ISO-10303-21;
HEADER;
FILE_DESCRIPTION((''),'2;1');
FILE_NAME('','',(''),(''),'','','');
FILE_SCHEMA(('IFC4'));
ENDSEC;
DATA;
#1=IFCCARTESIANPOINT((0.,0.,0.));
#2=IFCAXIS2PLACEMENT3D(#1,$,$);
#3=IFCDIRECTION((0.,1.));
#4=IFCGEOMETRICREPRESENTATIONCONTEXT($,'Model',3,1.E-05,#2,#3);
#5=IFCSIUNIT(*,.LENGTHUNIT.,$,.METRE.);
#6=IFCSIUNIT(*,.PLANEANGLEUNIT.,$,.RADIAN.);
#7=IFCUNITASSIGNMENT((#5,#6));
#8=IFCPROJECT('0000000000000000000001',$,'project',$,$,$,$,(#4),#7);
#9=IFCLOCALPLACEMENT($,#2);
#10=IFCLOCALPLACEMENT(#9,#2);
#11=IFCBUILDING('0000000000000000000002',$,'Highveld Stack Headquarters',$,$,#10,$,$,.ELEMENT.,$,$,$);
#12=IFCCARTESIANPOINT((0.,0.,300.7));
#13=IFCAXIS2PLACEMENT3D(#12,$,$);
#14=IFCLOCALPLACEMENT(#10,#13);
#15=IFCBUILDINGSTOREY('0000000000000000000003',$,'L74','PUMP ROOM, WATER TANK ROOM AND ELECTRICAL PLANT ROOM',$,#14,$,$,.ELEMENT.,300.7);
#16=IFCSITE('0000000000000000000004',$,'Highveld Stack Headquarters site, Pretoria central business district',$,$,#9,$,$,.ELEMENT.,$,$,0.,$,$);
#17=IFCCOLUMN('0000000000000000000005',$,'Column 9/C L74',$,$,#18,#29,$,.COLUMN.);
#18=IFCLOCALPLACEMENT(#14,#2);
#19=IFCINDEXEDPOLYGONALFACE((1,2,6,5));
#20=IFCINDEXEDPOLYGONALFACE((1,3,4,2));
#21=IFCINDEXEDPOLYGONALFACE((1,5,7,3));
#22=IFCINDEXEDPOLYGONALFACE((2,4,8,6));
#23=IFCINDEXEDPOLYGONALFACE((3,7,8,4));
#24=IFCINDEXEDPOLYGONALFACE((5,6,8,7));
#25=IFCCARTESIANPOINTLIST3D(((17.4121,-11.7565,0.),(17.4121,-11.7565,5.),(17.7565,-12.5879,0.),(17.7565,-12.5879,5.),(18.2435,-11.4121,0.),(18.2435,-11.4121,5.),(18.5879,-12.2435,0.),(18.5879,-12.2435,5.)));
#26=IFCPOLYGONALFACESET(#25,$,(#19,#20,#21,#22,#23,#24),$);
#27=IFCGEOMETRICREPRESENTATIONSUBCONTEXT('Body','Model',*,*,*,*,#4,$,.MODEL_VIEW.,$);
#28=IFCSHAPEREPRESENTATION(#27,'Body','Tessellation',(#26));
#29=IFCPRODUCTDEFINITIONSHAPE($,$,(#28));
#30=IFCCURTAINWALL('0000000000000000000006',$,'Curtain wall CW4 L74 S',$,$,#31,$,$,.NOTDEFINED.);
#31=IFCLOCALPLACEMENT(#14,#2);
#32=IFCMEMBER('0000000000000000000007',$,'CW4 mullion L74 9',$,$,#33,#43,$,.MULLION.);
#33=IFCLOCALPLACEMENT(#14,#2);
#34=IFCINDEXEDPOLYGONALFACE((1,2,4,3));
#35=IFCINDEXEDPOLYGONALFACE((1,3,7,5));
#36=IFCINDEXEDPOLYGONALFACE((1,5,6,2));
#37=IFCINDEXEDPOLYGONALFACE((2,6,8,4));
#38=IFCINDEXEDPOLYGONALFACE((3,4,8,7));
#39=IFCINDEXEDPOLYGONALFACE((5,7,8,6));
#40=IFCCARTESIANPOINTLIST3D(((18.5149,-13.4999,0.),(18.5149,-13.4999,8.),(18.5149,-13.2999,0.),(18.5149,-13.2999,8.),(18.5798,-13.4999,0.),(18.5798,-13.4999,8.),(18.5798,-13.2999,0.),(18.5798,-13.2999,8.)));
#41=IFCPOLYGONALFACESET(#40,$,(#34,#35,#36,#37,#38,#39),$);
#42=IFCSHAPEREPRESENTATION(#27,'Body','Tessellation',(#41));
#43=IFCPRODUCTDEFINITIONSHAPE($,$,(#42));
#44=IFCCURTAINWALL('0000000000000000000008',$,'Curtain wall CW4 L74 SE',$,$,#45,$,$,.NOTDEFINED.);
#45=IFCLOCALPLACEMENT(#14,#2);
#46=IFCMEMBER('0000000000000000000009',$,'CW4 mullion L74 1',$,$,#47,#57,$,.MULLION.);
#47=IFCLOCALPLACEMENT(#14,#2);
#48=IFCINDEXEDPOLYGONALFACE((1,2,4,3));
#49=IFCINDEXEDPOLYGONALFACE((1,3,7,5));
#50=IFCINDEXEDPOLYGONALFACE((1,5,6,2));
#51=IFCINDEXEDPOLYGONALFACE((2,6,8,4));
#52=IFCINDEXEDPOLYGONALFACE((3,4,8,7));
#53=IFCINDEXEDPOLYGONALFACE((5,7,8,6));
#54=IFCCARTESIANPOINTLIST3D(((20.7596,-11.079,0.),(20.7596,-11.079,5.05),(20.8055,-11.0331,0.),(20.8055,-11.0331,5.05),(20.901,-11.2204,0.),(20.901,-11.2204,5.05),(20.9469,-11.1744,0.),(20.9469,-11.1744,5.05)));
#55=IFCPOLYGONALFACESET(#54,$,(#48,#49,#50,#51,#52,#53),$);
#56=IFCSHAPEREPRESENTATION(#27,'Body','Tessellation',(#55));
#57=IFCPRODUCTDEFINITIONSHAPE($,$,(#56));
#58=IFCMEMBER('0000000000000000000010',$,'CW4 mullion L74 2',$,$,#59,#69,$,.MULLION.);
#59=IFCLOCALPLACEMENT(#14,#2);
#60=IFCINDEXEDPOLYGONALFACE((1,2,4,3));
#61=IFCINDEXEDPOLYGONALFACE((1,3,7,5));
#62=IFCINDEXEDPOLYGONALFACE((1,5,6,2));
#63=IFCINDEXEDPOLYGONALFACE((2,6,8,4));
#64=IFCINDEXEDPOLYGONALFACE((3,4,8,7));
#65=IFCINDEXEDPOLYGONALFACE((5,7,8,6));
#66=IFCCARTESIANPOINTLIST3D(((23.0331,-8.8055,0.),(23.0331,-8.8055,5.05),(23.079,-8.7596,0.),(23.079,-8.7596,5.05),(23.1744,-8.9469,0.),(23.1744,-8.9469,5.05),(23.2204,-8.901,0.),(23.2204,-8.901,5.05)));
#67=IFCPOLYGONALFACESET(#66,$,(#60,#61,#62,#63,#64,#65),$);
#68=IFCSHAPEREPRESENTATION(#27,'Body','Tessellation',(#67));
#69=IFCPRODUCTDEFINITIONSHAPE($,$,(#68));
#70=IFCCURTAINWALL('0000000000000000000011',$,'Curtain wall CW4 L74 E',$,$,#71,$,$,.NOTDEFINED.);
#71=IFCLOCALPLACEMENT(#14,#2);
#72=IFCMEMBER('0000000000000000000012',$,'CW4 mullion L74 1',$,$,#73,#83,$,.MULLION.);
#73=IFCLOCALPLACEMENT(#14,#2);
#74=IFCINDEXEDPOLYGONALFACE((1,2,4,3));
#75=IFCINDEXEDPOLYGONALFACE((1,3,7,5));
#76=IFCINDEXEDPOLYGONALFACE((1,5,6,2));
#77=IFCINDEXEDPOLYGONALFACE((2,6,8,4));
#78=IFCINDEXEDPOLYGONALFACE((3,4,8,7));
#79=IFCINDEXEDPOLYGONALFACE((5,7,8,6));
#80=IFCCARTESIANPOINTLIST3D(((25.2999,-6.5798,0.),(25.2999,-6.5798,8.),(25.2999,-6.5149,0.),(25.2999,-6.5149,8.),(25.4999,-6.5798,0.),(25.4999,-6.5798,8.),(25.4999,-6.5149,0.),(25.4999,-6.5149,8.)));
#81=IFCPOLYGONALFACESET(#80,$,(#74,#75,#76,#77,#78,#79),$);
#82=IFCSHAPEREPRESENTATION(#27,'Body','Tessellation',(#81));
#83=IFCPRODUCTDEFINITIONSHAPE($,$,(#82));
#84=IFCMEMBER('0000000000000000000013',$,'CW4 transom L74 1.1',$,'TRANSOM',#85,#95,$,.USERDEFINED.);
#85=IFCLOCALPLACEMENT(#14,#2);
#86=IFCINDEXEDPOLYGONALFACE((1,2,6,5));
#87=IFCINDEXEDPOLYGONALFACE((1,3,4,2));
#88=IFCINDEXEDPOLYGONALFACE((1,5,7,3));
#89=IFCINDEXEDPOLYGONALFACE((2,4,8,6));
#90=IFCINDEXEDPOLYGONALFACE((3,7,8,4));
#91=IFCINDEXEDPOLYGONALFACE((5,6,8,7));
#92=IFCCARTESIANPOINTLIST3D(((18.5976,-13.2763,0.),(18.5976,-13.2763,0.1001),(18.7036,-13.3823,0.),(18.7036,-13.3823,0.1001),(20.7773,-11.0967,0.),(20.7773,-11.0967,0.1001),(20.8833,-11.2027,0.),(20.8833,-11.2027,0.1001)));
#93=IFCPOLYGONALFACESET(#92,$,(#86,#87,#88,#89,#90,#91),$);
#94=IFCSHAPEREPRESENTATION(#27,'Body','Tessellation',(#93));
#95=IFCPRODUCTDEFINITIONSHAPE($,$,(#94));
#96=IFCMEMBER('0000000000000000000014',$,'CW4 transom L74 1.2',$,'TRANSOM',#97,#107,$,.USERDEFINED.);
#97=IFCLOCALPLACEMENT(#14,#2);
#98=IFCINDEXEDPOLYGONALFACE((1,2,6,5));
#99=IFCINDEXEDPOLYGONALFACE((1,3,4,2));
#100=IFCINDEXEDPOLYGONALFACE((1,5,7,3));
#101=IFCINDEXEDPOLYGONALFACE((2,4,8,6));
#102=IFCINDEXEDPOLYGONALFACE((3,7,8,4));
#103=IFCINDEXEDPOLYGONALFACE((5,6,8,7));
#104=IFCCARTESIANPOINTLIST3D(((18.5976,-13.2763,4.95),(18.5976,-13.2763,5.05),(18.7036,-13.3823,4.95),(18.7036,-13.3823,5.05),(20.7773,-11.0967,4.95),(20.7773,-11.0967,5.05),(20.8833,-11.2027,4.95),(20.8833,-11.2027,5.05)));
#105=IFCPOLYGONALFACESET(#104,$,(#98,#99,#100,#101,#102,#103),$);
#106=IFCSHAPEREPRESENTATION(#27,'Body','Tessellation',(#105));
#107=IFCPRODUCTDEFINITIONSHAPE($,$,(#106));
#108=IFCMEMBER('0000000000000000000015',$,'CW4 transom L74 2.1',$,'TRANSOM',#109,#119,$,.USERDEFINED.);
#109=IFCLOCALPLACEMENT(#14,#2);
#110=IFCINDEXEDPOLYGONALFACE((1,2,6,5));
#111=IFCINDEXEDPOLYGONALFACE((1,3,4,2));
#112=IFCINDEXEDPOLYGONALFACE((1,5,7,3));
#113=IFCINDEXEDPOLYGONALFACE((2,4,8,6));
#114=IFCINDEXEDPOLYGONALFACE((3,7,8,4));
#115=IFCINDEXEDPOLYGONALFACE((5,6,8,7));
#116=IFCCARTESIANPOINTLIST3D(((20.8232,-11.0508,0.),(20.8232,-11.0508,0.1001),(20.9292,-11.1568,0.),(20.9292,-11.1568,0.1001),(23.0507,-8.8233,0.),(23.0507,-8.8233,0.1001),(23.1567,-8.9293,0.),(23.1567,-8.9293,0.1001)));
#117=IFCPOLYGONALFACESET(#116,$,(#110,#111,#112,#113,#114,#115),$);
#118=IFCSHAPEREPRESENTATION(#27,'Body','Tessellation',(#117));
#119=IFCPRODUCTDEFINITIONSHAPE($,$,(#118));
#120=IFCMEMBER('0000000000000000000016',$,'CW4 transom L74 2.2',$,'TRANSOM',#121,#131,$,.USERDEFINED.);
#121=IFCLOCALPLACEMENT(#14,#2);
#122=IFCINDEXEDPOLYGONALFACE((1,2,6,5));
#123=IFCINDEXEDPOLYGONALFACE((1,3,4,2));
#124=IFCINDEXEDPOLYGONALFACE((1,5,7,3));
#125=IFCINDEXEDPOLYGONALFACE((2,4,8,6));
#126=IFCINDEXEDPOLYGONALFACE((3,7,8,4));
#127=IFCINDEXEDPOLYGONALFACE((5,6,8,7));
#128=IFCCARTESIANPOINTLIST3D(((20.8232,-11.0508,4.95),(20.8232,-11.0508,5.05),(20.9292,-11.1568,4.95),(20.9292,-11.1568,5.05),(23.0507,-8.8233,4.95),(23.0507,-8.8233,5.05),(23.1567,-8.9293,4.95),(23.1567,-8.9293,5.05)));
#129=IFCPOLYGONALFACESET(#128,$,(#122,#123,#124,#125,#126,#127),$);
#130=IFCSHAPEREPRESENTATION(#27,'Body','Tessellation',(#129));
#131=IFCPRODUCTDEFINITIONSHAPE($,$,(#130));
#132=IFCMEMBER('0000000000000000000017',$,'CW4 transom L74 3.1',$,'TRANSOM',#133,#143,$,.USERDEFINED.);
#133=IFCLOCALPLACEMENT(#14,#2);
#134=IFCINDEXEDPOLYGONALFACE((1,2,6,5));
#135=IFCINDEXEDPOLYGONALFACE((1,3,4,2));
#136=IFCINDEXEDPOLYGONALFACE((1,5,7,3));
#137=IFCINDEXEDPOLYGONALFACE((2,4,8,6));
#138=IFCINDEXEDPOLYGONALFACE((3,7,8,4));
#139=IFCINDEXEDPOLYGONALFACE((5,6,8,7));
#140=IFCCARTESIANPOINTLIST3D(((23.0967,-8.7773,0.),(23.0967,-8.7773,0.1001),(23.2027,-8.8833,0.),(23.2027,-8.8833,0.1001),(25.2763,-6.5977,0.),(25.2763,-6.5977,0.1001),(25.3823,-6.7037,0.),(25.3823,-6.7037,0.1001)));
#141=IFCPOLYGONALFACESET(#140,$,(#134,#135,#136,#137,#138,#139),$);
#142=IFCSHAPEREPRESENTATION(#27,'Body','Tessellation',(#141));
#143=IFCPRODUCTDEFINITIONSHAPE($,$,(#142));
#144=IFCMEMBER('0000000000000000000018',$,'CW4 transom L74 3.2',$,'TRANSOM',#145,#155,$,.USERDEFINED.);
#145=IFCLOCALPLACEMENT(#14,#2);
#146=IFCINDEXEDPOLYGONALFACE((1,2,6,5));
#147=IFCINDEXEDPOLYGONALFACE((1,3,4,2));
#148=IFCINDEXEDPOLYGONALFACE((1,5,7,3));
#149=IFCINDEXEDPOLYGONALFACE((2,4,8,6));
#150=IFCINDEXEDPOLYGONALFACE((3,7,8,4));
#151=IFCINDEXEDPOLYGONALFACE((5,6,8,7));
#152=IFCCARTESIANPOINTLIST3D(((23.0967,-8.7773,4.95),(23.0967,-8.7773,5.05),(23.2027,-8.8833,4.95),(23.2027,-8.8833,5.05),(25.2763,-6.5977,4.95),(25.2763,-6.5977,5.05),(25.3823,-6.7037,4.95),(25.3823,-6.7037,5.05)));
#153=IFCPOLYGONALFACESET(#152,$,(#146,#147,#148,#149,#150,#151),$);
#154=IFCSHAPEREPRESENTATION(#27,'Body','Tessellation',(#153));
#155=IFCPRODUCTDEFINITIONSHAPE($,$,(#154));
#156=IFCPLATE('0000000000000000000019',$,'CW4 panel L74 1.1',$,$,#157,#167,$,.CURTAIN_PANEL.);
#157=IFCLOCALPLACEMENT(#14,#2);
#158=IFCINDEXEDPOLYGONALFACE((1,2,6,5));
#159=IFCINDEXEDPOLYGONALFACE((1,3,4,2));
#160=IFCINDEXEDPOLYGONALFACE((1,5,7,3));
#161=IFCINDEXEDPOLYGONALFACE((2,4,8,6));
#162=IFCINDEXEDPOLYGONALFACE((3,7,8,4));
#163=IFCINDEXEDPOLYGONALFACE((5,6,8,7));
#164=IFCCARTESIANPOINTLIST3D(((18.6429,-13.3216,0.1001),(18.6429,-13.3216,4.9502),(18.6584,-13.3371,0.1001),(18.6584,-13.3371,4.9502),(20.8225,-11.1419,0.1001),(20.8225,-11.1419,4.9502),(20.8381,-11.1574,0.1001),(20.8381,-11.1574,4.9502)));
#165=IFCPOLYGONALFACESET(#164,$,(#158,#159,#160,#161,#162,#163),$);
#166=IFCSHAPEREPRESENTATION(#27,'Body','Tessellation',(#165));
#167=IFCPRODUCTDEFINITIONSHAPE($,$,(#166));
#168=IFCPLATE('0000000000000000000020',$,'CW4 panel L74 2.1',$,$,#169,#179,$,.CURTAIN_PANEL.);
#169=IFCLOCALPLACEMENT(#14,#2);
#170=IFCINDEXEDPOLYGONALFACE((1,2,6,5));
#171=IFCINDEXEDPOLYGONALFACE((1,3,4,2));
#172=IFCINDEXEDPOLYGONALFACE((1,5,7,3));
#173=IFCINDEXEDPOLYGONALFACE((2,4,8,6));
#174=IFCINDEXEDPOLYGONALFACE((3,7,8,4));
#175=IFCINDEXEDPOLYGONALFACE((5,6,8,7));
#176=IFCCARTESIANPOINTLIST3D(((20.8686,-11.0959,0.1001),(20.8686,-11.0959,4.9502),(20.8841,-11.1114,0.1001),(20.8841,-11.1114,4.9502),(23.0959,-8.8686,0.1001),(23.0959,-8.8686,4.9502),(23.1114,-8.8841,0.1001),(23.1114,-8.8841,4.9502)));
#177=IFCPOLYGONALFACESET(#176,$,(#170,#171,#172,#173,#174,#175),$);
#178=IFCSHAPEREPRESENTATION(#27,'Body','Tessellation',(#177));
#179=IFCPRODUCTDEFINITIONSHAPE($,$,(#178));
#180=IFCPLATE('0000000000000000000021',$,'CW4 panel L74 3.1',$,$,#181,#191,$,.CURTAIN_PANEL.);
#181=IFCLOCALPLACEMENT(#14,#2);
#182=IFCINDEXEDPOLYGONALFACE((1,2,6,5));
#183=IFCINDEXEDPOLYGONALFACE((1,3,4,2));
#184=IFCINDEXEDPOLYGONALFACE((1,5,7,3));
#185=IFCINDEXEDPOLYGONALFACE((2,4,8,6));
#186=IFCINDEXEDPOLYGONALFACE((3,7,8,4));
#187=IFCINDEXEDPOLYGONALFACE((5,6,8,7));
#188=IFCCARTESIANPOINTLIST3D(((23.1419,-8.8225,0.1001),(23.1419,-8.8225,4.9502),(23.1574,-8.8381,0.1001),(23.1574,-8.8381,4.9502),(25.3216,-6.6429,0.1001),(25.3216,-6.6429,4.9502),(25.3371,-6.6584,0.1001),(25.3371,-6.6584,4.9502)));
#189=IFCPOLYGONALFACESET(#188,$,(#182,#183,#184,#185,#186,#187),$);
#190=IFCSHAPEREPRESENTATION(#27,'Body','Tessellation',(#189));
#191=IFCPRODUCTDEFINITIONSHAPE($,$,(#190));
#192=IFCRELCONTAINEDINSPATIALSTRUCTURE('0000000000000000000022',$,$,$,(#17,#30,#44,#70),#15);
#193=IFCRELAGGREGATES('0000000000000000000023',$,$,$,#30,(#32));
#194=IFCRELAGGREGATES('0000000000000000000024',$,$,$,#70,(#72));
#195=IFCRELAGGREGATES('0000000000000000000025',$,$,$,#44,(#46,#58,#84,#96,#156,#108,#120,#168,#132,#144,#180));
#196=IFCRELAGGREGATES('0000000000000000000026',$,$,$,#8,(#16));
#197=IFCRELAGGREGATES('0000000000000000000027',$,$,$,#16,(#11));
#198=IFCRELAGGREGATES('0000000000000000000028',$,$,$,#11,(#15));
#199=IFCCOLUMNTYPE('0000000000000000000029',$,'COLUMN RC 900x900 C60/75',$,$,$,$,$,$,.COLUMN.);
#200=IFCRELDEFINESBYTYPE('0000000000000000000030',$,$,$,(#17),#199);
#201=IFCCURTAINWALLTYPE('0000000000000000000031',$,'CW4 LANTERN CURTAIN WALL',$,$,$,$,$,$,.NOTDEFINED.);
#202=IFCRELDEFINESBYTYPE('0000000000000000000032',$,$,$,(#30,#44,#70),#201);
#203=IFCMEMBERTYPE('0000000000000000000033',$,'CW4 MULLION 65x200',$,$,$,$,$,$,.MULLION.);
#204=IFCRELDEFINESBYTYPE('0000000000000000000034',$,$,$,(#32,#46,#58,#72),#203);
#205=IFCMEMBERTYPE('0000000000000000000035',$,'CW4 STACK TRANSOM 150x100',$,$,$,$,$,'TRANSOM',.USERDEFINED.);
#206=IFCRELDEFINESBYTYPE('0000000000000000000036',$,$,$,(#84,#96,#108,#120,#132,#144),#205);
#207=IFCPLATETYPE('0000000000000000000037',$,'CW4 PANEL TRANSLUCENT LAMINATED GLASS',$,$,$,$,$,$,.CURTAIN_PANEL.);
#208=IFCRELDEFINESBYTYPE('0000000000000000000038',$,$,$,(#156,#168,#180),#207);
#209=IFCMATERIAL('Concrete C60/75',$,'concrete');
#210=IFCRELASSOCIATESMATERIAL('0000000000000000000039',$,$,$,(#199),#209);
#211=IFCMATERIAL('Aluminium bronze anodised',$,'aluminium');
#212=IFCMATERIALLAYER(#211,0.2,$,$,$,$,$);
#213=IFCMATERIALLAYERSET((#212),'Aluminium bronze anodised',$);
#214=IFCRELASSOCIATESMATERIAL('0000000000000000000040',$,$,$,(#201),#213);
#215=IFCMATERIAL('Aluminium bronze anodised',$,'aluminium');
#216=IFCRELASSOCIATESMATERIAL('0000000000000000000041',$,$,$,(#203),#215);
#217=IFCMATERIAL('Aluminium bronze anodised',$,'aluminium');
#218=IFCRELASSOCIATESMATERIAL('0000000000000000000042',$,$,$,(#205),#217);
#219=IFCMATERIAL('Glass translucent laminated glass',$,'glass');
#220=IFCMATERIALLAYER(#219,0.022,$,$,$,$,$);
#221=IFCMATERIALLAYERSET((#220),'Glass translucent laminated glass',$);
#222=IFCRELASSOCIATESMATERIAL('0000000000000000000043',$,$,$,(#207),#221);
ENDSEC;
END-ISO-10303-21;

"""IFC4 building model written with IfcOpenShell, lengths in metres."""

from ifc_helpers import new_model, si_unit, direction, frame, origin, origin_2d, place, context, subcontext, project, spatial, rectangle, extrude, material, layer, layer_set, material_profile, profile_set, type_object, element, aggregate, save


model = new_model("IFC4")

# Units and contexts
model_context = context("Model", 3, precision=1e-05, world=origin(), true_north=direction((0.0, 1.0)))
body_context = subcontext(model_context, "Body", "Model", "MODEL_VIEW")
ifc_project = project(units=[si_unit("LENGTHUNIT", "METRE"), si_unit("PLANEANGLEUNIT", "RADIAN")], contexts=[model_context])

# Site, building, storey
site_placement = place(None, origin())
site = spatial("IfcSite", under=ifc_project, at=site_placement, Name="Highveld Stack Headquarters site, Pretoria central business district", CompositionType="ELEMENT", RefElevation=0.0)
building_placement = place(site_placement, origin())
building = spatial("IfcBuilding", under=site, at=building_placement, Name="Highveld Stack Headquarters", CompositionType="ELEMENT")
storey_placement = place(building_placement, frame((0.0, 0.0, 300.7)))
storey = spatial("IfcBuildingStorey", under=building, at=storey_placement, Name="L74", Description="PUMP ROOM, WATER TANK ROOM AND ELECTRICAL PLANT ROOM", CompositionType="ELEMENT", Elevation=300.7)

# Column
ifc_material_1 = material(Name="Concrete C60/75", Category="concrete")
ifc_material_profile_1 = material_profile(ifc_material_1, rectangle(XDim=0.8999, YDim=0.8999, at=origin_2d()), Name="RC 900x900")
ifc_profile_set_1 = profile_set([ifc_material_profile_1], Name="Concrete C60/75")
column_type = type_object("IfcColumnType", Name="COLUMN RC 900x900 C60/75", PredefinedType="COLUMN", material=ifc_profile_set_1)
column_placement = place(storey_placement, frame((18.0, -12.0, 0.0), z_axis=(0.0, 0.0, 1.0), x_axis=(-0.92388, -0.382683, 0.0)))
element("IfcColumn", 1, at=column_placement, inside=storey, type_object=column_type, Name="Column 9/C L74", PredefinedType="COLUMN", context=body_context, shape_type="SweptSolid", body=[
    extrude(rectangle(XDim=0.8999, YDim=0.8999, at=origin_2d()), origin(), (0.0, 0.0, 1.0), 5.0),
])

# Curtain wall, member
ifc_material_2 = material(Name="Aluminium bronze anodised", Category="aluminium")
ifc_layer_1 = layer(ifc_material_2, 0.2)
ifc_layer_set_1 = layer_set([ifc_layer_1], Name="Aluminium bronze anodised")
curtain_wall_type = type_object("IfcCurtainWallType", Name="CW4 LANTERN CURTAIN WALL", PredefinedType="NOTDEFINED", material=ifc_layer_set_1)
curtain_wall_1_placement = place(storey_placement, origin())
curtain_wall_1 = element("IfcCurtainWall", 2, at=curtain_wall_1_placement, inside=storey, type_object=curtain_wall_type, Name="Curtain wall CW4 L74 S", PredefinedType="NOTDEFINED")
ifc_material_3 = material(Name="Aluminium bronze anodised", Category="aluminium")
ifc_material_profile_2 = material_profile(ifc_material_3, rectangle(XDim=0.2, YDim=0.0649, at=origin_2d()), Name="CW4 MULLION 65x200")
ifc_profile_set_2 = profile_set([ifc_material_profile_2], Name="Aluminium bronze anodised")
member_type_1 = type_object("IfcMemberType", Name="CW4 MULLION 65x200", PredefinedType="MULLION", material=ifc_profile_set_2)
member_1_placement = place(storey_placement, frame((18.5474, -13.3999, 0.0), z_axis=(0.0, 0.0, 1.0), x_axis=(0.0, 1.0, 0.0)))
member_1 = element("IfcMember", 3, at=member_1_placement, type_object=member_type_1, Name="CW4 mullion L74 9", PredefinedType="MULLION", context=body_context, shape_type="SweptSolid", body=[
    extrude(rectangle(XDim=0.2, YDim=0.0649, at=origin_2d()), origin(), (0.0, 0.0, 1.0), 8.0),
])
aggregate(curtain_wall_1, [member_1])

# Curtain wall, members
curtain_wall_2_placement = place(storey_placement, origin())
curtain_wall_2 = element("IfcCurtainWall", 4, at=curtain_wall_2_placement, inside=storey, type_object=curtain_wall_type, Name="Curtain wall CW4 L74 SE", PredefinedType="NOTDEFINED")
member_2_placement = place(storey_placement, frame((20.8533, -11.1267, 0.0), z_axis=(0.0, 0.0, 1.0), x_axis=(-0.707107, 0.707107, 0.0)))
member_2 = element("IfcMember", 5, at=member_2_placement, type_object=member_type_1, Name="CW4 mullion L74 1", PredefinedType="MULLION", context=body_context, shape_type="SweptSolid", body=[
    extrude(rectangle(XDim=0.2, YDim=0.0649, at=origin_2d()), origin(), (0.0, 0.0, 1.0), 5.05),
])
member_3_placement = place(storey_placement, frame((23.1267, -8.8533, 0.0), z_axis=(0.0, 0.0, 1.0), x_axis=(-0.707107, 0.707107, 0.0)))
member_3 = element("IfcMember", 6, at=member_3_placement, type_object=member_type_1, Name="CW4 mullion L74 2", PredefinedType="MULLION", context=body_context, shape_type="SweptSolid", body=[
    extrude(rectangle(XDim=0.2, YDim=0.0649, at=origin_2d()), origin(), (0.0, 0.0, 1.0), 5.05),
])

# Curtain wall, member
curtain_wall_3_placement = place(storey_placement, origin())
curtain_wall_3 = element("IfcCurtainWall", 7, at=curtain_wall_3_placement, inside=storey, type_object=curtain_wall_type, Name="Curtain wall CW4 L74 E", PredefinedType="NOTDEFINED")
member_4_placement = place(storey_placement, frame((25.3999, -6.5474, 0.0), z_axis=(0.0, 0.0, 1.0), x_axis=(-1.0, 0.0, 0.0)))
member_4 = element("IfcMember", 8, at=member_4_placement, type_object=member_type_1, Name="CW4 mullion L74 1", PredefinedType="MULLION", context=body_context, shape_type="SweptSolid", body=[
    extrude(rectangle(XDim=0.2, YDim=0.0649, at=origin_2d()), origin(), (0.0, 0.0, 1.0), 8.0),
])
aggregate(curtain_wall_3, [member_4])

# Members
ifc_material_4 = material(Name="Aluminium bronze anodised", Category="aluminium")
ifc_material_profile_3 = material_profile(ifc_material_4, rectangle(XDim=0.1499, YDim=0.1001, at=origin_2d()), Name="CW4 TRANSOM 150x100")
ifc_profile_set_3 = profile_set([ifc_material_profile_3], Name="Aluminium bronze anodised")
member_type_2 = type_object("IfcMemberType", Name="CW4 STACK TRANSOM 150x100", ElementType="TRANSOM", PredefinedType="USERDEFINED", material=ifc_profile_set_3)
member_5_placement = place(storey_placement, frame((18.6506, -13.3293, 0.05), z_axis=(0.707107, 0.707107, 0.0), x_axis=(-0.707107, 0.707107, 0.0)))
member_5 = element("IfcMember", 9, at=member_5_placement, type_object=member_type_2, Name="CW4 transom L74 1.1", ObjectType="TRANSOM", PredefinedType="USERDEFINED", context=body_context, shape_type="SweptSolid", body=[
    extrude(rectangle(XDim=0.1499, YDim=0.1001, at=origin_2d()), origin(), (0.0, 0.0, 1.0), 3.0825),
])
member_6_placement = place(storey_placement, frame((18.6506, -13.3293, 5.0), z_axis=(0.707107, 0.707107, 0.0), x_axis=(-0.707107, 0.707107, 0.0)))
member_6 = element("IfcMember", 10, at=member_6_placement, type_object=member_type_2, Name="CW4 transom L74 1.2", ObjectType="TRANSOM", PredefinedType="USERDEFINED", context=body_context, shape_type="SweptSolid", body=[
    extrude(rectangle(XDim=0.1499, YDim=0.1001, at=origin_2d()), origin(), (0.0, 0.0, 1.0), 3.0825),
])
member_7_placement = place(storey_placement, frame((20.8762, -11.1038, 0.05), z_axis=(0.707107, 0.707107, 0.0), x_axis=(-0.707107, 0.707107, 0.0)))
member_7 = element("IfcMember", 11, at=member_7_placement, type_object=member_type_2, Name="CW4 transom L74 2.1", ObjectType="TRANSOM", PredefinedType="USERDEFINED", context=body_context, shape_type="SweptSolid", body=[
    extrude(rectangle(XDim=0.1499, YDim=0.1001, at=origin_2d()), origin(), (0.0, 0.0, 1.0), 3.1501),
])
member_8_placement = place(storey_placement, frame((20.8762, -11.1038, 5.0), z_axis=(0.707107, 0.707107, 0.0), x_axis=(-0.707107, 0.707107, 0.0)))
member_8 = element("IfcMember", 12, at=member_8_placement, type_object=member_type_2, Name="CW4 transom L74 2.2", ObjectType="TRANSOM", PredefinedType="USERDEFINED", context=body_context, shape_type="SweptSolid", body=[
    extrude(rectangle(XDim=0.1499, YDim=0.1001, at=origin_2d()), origin(), (0.0, 0.0, 1.0), 3.1501),
])
member_9_placement = place(storey_placement, frame((23.1497, -8.8303, 0.05), z_axis=(0.707107, 0.707107, 0.0), x_axis=(-0.707107, 0.707107, 0.0)))
member_9 = element("IfcMember", 13, at=member_9_placement, type_object=member_type_2, Name="CW4 transom L74 3.1", ObjectType="TRANSOM", PredefinedType="USERDEFINED", context=body_context, shape_type="SweptSolid", body=[
    extrude(rectangle(XDim=0.1499, YDim=0.1001, at=origin_2d()), origin(), (0.0, 0.0, 1.0), 3.0825),
])
member_10_placement = place(storey_placement, frame((23.1497, -8.8303, 5.0), z_axis=(0.707107, 0.707107, 0.0), x_axis=(-0.707107, 0.707107, 0.0)))
member_10 = element("IfcMember", 14, at=member_10_placement, type_object=member_type_2, Name="CW4 transom L74 3.2", ObjectType="TRANSOM", PredefinedType="USERDEFINED", context=body_context, shape_type="SweptSolid", body=[
    extrude(rectangle(XDim=0.1499, YDim=0.1001, at=origin_2d()), origin(), (0.0, 0.0, 1.0), 3.0825),
])

# Plates
ifc_material_5 = material(Name="Glass translucent laminated glass", Category="glass")
ifc_layer_2 = layer(ifc_material_5, 0.022)
ifc_layer_set_2 = layer_set([ifc_layer_2], Name="Glass translucent laminated glass")
plate_type = type_object("IfcPlateType", Name="CW4 PANEL TRANSLUCENT LAMINATED GLASS", PredefinedType="CURTAIN_PANEL", material=ifc_layer_set_2)
plate_1_placement = place(storey_placement, frame((19.7405, -12.2395, 0.1001), z_axis=(0.0, 0.0, 1.0), x_axis=(0.707107, 0.707107, 0.0)))
plate_1 = element("IfcPlate", 15, at=plate_1_placement, type_object=plate_type, Name="CW4 panel L74 1.1", PredefinedType="CURTAIN_PANEL", context=body_context, shape_type="SweptSolid", body=[
    extrude(rectangle(XDim=3.0825, YDim=0.022, at=origin_2d()), origin(), (0.0, 0.0, 1.0), 4.8501),
])
plate_2_placement = place(storey_placement, frame((21.99, -9.99, 0.1001), z_axis=(0.0, 0.0, 1.0), x_axis=(0.707107, 0.707107, 0.0)))
plate_2 = element("IfcPlate", 16, at=plate_2_placement, type_object=plate_type, Name="CW4 panel L74 2.1", PredefinedType="CURTAIN_PANEL", context=body_context, shape_type="SweptSolid", body=[
    extrude(rectangle(XDim=3.1499, YDim=0.022, at=origin_2d()), origin(), (0.0, 0.0, 1.0), 4.8501),
])
plate_3_placement = place(storey_placement, frame((24.2395, -7.7405, 0.1001), z_axis=(0.0, 0.0, 1.0), x_axis=(0.707107, 0.707107, 0.0)))
plate_3 = element("IfcPlate", 17, at=plate_3_placement, type_object=plate_type, Name="CW4 panel L74 3.1", PredefinedType="CURTAIN_PANEL", context=body_context, shape_type="SweptSolid", body=[
    extrude(rectangle(XDim=3.0825, YDim=0.022, at=origin_2d()), origin(), (0.0, 0.0, 1.0), 4.8501),
])
aggregate(curtain_wall_2, [member_2, member_3, member_5, member_6, plate_1, member_7, member_8, plate_2, member_9, member_10, plate_3])

save(model, "model.ifc")
